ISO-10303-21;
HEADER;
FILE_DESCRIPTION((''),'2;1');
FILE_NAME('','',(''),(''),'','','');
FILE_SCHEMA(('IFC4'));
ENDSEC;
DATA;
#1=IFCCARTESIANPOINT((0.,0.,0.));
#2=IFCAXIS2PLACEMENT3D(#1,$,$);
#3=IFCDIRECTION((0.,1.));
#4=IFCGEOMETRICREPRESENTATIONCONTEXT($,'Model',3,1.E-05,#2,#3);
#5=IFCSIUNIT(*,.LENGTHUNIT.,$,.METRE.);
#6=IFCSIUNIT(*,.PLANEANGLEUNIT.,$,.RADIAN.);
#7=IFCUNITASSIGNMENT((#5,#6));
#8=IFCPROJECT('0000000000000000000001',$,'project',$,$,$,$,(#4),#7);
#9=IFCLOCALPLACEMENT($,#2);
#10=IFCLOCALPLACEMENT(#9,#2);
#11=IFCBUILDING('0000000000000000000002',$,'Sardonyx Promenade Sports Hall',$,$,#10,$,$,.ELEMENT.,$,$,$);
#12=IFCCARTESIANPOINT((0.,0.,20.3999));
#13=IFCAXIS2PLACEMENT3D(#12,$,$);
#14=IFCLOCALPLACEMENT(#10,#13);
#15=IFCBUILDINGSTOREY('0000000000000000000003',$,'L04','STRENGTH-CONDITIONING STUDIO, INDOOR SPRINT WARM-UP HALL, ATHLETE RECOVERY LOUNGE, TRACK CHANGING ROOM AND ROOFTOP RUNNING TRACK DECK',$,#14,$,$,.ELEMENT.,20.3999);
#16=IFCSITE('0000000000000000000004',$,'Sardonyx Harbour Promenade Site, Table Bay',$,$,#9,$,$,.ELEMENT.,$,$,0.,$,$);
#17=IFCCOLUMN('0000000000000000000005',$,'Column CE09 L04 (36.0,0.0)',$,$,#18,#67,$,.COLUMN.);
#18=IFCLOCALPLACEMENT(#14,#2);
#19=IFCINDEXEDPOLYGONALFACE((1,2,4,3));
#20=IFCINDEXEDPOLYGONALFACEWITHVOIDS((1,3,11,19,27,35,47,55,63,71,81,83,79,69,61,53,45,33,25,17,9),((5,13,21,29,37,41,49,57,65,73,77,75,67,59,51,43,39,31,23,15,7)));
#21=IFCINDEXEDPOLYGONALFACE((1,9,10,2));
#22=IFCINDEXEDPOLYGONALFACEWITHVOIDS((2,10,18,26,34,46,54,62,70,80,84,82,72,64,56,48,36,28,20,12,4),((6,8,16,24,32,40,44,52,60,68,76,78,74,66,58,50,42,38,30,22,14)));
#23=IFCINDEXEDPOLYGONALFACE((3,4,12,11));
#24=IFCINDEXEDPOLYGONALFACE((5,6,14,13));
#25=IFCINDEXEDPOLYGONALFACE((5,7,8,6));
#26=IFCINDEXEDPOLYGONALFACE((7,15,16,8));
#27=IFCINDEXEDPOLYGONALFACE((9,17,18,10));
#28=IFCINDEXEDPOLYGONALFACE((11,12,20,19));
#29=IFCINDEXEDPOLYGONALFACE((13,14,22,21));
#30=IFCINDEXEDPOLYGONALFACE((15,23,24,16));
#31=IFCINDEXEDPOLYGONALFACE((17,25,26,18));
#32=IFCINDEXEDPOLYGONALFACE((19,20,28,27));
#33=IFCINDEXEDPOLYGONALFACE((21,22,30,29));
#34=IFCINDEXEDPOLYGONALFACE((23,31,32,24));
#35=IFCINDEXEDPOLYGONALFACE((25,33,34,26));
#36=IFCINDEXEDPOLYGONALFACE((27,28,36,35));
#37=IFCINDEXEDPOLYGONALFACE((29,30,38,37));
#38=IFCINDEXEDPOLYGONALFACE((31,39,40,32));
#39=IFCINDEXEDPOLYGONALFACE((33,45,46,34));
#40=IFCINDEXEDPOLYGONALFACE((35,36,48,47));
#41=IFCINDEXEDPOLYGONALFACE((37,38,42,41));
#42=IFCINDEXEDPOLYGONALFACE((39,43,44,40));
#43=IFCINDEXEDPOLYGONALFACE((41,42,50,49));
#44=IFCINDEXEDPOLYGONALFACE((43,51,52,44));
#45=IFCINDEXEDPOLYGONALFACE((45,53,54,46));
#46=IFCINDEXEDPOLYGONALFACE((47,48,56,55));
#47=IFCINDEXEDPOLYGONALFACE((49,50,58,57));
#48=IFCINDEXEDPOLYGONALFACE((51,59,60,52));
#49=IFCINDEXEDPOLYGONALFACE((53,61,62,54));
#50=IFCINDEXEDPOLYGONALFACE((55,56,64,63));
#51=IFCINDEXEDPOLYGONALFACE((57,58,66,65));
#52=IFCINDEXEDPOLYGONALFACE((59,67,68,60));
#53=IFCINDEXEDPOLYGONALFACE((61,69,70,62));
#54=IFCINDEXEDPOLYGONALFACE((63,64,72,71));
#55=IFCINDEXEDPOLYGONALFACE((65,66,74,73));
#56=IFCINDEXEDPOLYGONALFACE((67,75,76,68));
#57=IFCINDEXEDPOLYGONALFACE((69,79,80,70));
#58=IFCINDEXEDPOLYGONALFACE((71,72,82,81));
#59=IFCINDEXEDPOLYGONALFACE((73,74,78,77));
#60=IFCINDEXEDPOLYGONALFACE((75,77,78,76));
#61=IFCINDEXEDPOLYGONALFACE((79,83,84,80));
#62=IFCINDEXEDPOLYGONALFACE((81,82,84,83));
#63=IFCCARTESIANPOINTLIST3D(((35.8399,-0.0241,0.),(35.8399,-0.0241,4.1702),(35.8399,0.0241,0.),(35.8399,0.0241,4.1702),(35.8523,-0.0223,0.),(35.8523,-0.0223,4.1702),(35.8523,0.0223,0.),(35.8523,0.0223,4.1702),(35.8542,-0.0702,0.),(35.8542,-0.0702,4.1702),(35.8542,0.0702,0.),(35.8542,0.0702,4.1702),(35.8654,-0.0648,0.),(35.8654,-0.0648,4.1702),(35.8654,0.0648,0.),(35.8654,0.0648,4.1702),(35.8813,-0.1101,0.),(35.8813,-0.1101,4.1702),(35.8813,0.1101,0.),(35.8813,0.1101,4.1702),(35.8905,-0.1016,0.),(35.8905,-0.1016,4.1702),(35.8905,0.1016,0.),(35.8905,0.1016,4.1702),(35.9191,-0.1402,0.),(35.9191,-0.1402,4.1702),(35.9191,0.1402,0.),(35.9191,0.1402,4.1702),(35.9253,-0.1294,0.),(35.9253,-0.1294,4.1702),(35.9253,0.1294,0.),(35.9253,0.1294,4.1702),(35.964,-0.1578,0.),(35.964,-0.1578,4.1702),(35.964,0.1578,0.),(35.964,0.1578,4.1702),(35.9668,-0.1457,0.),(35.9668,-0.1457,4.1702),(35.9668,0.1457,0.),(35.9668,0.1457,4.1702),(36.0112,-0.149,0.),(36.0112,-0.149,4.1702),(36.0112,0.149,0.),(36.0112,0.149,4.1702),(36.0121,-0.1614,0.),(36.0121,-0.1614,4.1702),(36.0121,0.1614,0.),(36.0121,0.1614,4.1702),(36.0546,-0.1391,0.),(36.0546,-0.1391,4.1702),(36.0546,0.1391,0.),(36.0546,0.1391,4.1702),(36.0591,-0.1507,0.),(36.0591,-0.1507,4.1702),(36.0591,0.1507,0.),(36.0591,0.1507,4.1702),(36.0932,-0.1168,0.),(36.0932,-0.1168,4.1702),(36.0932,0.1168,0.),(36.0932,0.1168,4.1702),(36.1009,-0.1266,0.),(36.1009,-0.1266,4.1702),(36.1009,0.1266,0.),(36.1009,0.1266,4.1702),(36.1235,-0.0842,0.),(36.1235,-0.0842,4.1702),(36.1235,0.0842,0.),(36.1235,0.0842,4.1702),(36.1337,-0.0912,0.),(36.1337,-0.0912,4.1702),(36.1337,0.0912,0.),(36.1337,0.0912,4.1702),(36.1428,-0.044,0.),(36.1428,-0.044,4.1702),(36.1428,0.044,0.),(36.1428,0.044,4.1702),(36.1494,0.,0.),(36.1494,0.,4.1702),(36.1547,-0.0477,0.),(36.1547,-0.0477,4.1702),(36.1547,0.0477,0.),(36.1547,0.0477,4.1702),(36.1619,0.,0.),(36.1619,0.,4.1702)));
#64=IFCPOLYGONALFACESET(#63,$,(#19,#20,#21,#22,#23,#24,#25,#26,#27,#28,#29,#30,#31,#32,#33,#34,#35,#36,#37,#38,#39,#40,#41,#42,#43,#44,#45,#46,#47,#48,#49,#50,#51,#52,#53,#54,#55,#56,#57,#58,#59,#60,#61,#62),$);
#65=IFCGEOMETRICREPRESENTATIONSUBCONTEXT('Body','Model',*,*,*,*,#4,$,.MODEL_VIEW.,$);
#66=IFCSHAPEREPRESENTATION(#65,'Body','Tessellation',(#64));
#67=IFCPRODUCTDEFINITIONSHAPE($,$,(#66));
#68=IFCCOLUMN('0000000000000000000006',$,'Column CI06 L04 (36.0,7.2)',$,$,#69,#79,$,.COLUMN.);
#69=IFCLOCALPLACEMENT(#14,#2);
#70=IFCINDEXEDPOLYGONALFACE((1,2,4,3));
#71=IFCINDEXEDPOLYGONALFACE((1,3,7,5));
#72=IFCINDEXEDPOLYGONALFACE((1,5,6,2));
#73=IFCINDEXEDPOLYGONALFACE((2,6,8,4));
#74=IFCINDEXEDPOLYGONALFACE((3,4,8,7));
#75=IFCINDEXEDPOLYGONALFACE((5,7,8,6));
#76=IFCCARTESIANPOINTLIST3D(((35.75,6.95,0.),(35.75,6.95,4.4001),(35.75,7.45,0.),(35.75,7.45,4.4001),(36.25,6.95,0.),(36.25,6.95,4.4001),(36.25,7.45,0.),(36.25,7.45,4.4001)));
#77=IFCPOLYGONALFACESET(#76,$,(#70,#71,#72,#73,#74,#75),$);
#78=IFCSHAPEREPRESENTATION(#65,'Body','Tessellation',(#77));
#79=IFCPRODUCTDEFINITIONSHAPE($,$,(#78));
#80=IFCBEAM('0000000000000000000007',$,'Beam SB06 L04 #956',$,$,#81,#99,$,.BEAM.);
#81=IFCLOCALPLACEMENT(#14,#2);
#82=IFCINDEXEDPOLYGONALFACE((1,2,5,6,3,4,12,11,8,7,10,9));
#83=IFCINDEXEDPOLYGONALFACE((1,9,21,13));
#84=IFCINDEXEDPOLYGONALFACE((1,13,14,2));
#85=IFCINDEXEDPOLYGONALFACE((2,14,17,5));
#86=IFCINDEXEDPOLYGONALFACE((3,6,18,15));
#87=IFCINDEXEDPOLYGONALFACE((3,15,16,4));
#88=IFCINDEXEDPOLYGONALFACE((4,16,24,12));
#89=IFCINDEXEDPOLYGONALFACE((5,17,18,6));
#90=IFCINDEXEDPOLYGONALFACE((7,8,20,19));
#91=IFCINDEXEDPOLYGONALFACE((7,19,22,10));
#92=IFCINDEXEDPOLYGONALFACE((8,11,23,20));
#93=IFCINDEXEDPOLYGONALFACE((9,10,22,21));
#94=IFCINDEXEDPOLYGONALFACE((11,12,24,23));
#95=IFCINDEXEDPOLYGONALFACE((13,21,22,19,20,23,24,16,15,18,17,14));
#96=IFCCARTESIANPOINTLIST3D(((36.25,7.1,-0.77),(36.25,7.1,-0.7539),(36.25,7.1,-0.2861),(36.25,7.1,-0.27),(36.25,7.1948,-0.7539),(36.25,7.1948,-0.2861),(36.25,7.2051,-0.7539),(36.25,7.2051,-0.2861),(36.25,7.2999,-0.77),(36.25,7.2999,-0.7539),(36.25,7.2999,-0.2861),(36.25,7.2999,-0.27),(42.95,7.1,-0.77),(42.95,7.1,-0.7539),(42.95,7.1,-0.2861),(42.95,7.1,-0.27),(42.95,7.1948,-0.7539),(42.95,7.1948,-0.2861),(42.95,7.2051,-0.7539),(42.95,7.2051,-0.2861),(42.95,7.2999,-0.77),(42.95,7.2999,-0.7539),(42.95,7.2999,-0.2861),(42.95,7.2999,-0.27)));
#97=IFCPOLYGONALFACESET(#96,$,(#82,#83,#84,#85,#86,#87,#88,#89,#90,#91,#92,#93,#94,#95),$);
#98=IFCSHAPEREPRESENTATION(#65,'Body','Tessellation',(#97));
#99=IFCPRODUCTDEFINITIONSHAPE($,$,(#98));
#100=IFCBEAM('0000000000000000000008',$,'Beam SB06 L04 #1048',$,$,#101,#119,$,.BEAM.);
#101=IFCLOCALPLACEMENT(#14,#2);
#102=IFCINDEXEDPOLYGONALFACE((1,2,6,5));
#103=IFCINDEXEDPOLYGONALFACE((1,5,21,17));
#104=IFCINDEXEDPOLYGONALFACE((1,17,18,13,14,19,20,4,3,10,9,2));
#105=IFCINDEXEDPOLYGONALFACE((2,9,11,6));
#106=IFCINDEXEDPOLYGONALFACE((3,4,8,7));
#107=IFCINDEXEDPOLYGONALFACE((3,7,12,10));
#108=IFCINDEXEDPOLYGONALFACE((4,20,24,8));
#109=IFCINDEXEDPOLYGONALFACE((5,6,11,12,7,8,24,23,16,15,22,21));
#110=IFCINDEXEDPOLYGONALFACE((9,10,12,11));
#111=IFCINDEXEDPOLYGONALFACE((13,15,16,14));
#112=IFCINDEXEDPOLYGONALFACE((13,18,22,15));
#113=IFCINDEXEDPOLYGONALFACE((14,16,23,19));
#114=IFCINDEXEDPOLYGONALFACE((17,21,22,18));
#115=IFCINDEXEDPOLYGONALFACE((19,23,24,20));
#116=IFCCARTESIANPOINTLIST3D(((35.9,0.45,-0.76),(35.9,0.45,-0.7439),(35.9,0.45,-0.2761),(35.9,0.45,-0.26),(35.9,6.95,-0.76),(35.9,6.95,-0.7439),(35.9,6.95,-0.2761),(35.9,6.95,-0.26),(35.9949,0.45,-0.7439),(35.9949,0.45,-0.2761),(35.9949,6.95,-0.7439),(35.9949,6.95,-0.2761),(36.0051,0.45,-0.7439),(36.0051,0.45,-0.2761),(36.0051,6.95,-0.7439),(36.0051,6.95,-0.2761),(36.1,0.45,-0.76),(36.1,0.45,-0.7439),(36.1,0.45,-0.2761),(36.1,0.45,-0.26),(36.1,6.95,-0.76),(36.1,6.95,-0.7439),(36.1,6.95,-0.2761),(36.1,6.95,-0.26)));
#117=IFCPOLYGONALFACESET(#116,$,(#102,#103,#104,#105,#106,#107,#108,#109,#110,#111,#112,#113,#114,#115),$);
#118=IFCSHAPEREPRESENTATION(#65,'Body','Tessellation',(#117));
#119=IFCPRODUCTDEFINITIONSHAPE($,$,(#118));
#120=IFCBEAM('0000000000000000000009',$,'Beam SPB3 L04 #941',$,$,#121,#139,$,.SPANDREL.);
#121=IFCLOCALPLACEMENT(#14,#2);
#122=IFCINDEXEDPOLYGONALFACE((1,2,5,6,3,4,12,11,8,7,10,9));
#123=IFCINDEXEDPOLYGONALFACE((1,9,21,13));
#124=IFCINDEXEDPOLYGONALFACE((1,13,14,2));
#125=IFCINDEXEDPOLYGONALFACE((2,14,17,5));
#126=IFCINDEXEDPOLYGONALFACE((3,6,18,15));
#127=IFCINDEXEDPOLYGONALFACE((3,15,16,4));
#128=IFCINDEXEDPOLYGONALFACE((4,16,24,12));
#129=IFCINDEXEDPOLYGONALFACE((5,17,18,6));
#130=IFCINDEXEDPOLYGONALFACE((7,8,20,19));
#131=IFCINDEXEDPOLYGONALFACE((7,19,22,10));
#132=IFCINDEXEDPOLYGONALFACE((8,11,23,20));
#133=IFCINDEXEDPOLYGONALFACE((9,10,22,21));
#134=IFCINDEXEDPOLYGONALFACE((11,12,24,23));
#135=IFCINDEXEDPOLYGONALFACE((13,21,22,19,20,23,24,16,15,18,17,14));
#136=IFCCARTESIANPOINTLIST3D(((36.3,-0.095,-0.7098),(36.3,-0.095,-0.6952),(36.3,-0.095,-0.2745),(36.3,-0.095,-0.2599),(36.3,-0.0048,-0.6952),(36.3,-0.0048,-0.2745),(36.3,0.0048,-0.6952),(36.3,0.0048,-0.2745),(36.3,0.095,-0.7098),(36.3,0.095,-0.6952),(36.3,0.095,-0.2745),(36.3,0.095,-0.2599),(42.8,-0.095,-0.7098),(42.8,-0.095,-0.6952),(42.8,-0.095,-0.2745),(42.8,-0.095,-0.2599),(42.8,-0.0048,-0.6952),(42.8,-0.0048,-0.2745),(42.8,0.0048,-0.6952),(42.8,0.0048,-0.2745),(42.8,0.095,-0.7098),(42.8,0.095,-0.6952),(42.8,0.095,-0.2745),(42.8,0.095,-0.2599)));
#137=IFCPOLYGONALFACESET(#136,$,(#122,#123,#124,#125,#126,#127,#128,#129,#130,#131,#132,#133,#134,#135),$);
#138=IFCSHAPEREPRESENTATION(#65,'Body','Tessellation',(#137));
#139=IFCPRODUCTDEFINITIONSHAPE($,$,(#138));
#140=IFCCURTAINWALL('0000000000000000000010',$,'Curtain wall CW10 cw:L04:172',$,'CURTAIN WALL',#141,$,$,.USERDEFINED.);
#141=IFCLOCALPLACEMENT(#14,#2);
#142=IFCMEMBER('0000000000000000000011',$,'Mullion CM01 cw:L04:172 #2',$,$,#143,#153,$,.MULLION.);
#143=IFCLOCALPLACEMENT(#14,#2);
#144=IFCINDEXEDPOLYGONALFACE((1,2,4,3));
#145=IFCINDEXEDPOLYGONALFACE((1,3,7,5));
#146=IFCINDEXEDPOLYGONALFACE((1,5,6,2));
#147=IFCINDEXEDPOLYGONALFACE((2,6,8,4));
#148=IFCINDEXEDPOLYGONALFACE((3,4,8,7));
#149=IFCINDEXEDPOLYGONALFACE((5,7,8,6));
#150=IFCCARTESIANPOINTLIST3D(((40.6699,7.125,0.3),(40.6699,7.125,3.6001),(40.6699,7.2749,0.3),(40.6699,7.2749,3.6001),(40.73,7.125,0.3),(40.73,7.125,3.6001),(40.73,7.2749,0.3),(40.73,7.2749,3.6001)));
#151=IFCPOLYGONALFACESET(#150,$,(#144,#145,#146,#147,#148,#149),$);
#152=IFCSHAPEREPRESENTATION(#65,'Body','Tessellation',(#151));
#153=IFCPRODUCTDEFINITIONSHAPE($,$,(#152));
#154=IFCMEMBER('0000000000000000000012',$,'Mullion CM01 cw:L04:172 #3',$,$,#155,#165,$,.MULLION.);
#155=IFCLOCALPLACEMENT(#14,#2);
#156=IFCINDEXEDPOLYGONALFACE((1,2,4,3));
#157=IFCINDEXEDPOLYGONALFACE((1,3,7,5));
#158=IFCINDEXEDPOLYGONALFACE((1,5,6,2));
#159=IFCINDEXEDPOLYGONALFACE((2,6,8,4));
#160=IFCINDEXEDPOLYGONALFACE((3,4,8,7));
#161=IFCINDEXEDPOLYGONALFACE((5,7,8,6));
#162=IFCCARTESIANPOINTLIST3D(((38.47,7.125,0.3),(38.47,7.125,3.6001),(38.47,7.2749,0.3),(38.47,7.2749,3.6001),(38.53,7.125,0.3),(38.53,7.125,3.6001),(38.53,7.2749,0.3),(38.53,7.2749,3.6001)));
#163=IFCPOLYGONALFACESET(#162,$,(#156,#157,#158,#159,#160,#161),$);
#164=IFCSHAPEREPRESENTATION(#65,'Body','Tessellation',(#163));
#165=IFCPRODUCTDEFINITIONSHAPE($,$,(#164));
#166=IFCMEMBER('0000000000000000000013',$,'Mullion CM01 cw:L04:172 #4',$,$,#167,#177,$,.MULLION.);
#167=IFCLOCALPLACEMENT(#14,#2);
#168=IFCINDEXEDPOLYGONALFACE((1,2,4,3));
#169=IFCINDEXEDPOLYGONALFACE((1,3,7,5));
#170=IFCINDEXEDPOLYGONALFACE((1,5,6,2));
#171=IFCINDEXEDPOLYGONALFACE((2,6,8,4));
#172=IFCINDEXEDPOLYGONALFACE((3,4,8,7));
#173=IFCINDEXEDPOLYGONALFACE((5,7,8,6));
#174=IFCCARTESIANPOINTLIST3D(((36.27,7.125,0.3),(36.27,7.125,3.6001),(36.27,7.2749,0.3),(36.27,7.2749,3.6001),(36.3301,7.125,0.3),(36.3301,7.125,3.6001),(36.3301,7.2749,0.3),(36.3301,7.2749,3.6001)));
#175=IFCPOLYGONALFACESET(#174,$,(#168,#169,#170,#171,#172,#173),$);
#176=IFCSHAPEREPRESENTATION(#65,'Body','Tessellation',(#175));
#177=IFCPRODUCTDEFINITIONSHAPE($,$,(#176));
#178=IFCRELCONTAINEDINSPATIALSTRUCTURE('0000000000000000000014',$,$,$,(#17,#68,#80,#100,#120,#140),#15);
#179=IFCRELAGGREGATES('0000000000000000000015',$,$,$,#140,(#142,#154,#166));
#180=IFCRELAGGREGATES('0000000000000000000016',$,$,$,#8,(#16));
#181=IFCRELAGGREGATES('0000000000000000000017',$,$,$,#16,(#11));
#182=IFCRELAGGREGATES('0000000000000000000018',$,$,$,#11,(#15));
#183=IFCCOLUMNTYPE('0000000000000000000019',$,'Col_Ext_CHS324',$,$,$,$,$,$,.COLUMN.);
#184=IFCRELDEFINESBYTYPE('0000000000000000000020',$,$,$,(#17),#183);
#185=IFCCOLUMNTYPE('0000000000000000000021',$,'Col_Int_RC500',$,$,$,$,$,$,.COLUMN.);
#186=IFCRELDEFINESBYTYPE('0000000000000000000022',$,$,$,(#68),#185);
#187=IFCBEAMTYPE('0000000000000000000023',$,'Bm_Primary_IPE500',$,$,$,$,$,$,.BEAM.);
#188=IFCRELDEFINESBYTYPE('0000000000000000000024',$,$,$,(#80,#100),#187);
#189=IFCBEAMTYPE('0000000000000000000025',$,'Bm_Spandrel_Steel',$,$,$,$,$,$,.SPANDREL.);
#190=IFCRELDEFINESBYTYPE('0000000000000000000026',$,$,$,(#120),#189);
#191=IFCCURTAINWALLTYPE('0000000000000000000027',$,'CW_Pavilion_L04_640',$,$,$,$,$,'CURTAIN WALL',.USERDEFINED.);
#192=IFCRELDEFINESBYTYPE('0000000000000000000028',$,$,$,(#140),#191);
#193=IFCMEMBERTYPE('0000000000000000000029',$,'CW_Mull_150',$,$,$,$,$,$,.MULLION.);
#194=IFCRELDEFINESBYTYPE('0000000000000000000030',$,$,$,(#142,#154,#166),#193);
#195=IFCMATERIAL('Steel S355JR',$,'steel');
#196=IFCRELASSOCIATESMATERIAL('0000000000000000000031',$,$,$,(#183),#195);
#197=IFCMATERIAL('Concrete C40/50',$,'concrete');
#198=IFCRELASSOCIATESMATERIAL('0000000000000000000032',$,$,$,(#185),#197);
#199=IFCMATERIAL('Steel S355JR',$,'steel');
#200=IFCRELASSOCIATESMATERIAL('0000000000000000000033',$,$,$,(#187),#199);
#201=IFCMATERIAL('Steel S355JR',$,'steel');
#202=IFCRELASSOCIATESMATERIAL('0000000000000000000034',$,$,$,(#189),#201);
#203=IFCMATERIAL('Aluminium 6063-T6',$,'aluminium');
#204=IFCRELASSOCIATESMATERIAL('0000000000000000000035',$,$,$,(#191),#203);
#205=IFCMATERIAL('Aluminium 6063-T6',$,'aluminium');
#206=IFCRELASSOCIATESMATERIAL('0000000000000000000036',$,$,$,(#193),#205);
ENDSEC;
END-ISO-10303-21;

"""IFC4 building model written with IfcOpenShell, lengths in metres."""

from ifc_helpers import new_model, si_unit, direction, frame, origin, origin_2d, place, context, subcontext, project, spatial, rectangle, hollow_circle, i_section, extrude, material, material_profile, profile_set, type_object, element, aggregate, save


model = new_model("IFC4")

# Units and contexts
model_context = context("Model", 3, precision=1e-05, world=origin(), true_north=direction((0.0, 1.0)))
body_context = subcontext(model_context, "Body", "Model", "MODEL_VIEW")
ifc_project = project(units=[si_unit("LENGTHUNIT", "METRE"), si_unit("PLANEANGLEUNIT", "RADIAN")], contexts=[model_context])

# Site, building, storey
site_placement = place(None, origin())
site = spatial("IfcSite", under=ifc_project, at=site_placement, Name="Sardonyx Harbour Promenade Site, Table Bay", CompositionType="ELEMENT", RefElevation=0.0)
building_placement = place(site_placement, origin())
building = spatial("IfcBuilding", under=site, at=building_placement, Name="Sardonyx Promenade Sports Hall", CompositionType="ELEMENT")
storey_placement = place(building_placement, frame((0.0, 0.0, 20.3999)))
storey = spatial("IfcBuildingStorey", under=building, at=storey_placement, Name="L04", Description="STRENGTH-CONDITIONING STUDIO, INDOOR SPRINT WARM-UP HALL, ATHLETE RECOVERY LOUNGE, TRACK CHANGING ROOM AND ROOFTOP RUNNING TRACK DECK", CompositionType="ELEMENT", Elevation=20.3999)

# Columns
ifc_material_1 = material(Name="Steel S355JR", Category="steel")
ifc_material_profile_1 = material_profile(ifc_material_1, hollow_circle(Radius=0.1619, WallThickness=0.0125, at=origin_2d()))
ifc_profile_set_1 = profile_set([ifc_material_profile_1], Name="Steel S355JR")
column_type_1 = type_object("IfcColumnType", Name="Col_Ext_CHS324", PredefinedType="COLUMN", material=ifc_profile_set_1)
column_1_placement = place(storey_placement, frame((36.0, 0.0, 0.0), z_axis=(0.0, 0.0, 1.0), x_axis=(1.0, 0.0, 0.0)))
element("IfcColumn", 1, at=column_1_placement, inside=storey, type_object=column_type_1, Name="Column CE09 L04 (36.0,0.0)", PredefinedType="COLUMN", context=body_context, shape_type="SweptSolid", body=[
    extrude(hollow_circle(Radius=0.1619, WallThickness=0.0125, at=origin_2d()), origin(), (0.0, 0.0, 1.0), 4.1702),
])
ifc_material_2 = material(Name="Concrete C40/50", Category="concrete")
ifc_material_profile_2 = material_profile(ifc_material_2, rectangle(XDim=0.5, YDim=0.5, at=origin_2d()))
ifc_profile_set_2 = profile_set([ifc_material_profile_2], Name="Concrete C40/50")
column_type_2 = type_object("IfcColumnType", Name="Col_Int_RC500", PredefinedType="COLUMN", material=ifc_profile_set_2)
column_2_placement = place(storey_placement, frame((36.0, 7.2, 0.0), z_axis=(0.0, 0.0, 1.0), x_axis=(1.0, 0.0, 0.0)))
element("IfcColumn", 2, at=column_2_placement, inside=storey, type_object=column_type_2, Name="Column CI06 L04 (36.0,7.2)", PredefinedType="COLUMN", context=body_context, shape_type="SweptSolid", body=[
    extrude(rectangle(XDim=0.5, YDim=0.5, at=origin_2d()), origin(), (0.0, 0.0, 1.0), 4.4001),
])

# Beams
ifc_material_3 = material(Name="Steel S355JR", Category="steel")
ifc_material_profile_3 = material_profile(ifc_material_3, i_section(OverallWidth=0.2, OverallDepth=0.5, WebThickness=0.0103, FlangeThickness=0.0161, at=origin_2d()))
ifc_profile_set_3 = profile_set([ifc_material_profile_3], Name="Steel S355JR")
beam_type_1 = type_object("IfcBeamType", Name="Bm_Primary_IPE500", PredefinedType="BEAM", material=ifc_profile_set_3)
beam_1_placement = place(storey_placement, frame((36.25, 7.2, -0.52), z_axis=(1.0, 0.0, 0.0), x_axis=(0.0, 1.0, 0.0)))
element("IfcBeam", 3, at=beam_1_placement, inside=storey, type_object=beam_type_1, Name="Beam SB06 L04 #956", PredefinedType="BEAM", context=body_context, shape_type="SweptSolid", body=[
    extrude(i_section(OverallWidth=0.2, OverallDepth=0.5, WebThickness=0.0103, FlangeThickness=0.0161, at=origin_2d()), origin(), (0.0, 0.0, 1.0), 6.7),
])
beam_2_placement = place(storey_placement, frame((36.0, 0.45, -0.51), z_axis=(0.0, 1.0, 0.0), x_axis=(-1.0, 0.0, 0.0)))
element("IfcBeam", 4, at=beam_2_placement, inside=storey, type_object=beam_type_1, Name="Beam SB06 L04 #1048", PredefinedType="BEAM", context=body_context, shape_type="SweptSolid", body=[
    extrude(i_section(OverallWidth=0.2, OverallDepth=0.5, WebThickness=0.0103, FlangeThickness=0.0161, at=origin_2d()), origin(), (0.0, 0.0, 1.0), 6.5),
])
ifc_material_4 = material(Name="Steel S355JR", Category="steel")
ifc_material_profile_4 = material_profile(ifc_material_4, i_section(OverallWidth=0.1899, OverallDepth=0.45, WebThickness=0.0095, FlangeThickness=0.0146, at=origin_2d()))
ifc_profile_set_4 = profile_set([ifc_material_profile_4], Name="Steel S355JR")
beam_type_2 = type_object("IfcBeamType", Name="Bm_Spandrel_Steel", PredefinedType="SPANDREL", material=ifc_profile_set_4)
beam_3_placement = place(storey_placement, frame((36.3, 0.0, -0.4849), z_axis=(1.0, 0.0, 0.0), x_axis=(0.0, 1.0, 0.0)))
element("IfcBeam", 5, at=beam_3_placement, inside=storey, type_object=beam_type_2, Name="Beam SPB3 L04 #941", PredefinedType="SPANDREL", context=body_context, shape_type="SweptSolid", body=[
    extrude(i_section(OverallWidth=0.1899, OverallDepth=0.45, WebThickness=0.0095, FlangeThickness=0.0146, at=origin_2d()), origin(), (0.0, 0.0, 1.0), 6.5),
])

# Curtain wall, members
ifc_material_5 = material(Name="Aluminium 6063-T6", Category="aluminium")
curtain_wall_type = type_object("IfcCurtainWallType", Name="CW_Pavilion_L04_640", ElementType="CURTAIN WALL", PredefinedType="USERDEFINED", material=ifc_material_5)
curtain_wall_placement = place(storey_placement, origin())
curtain_wall = element("IfcCurtainWall", 6, at=curtain_wall_placement, inside=storey, type_object=curtain_wall_type, Name="Curtain wall CW10 cw:L04:172", ObjectType="CURTAIN WALL", PredefinedType="USERDEFINED")
ifc_material_6 = material(Name="Aluminium 6063-T6", Category="aluminium")
ifc_material_profile_5 = material_profile(ifc_material_6, rectangle(XDim=0.0601, YDim=0.1499, at=origin_2d()))
ifc_profile_set_5 = profile_set([ifc_material_profile_5], Name="Aluminium 6063-T6")
member_type_1 = type_object("IfcMemberType", Name="CW_Mull_150", PredefinedType="MULLION", material=ifc_profile_set_5)
member_1_placement = place(storey_placement, frame((40.7, 7.2, 0.3), z_axis=(0.0, 0.0, 1.0), x_axis=(-1.0, 0.0, 0.0)))
member_1 = element("IfcMember", 7, at=member_1_placement, type_object=member_type_1, Name="Mullion CM01 cw:L04:172 #2", PredefinedType="MULLION", context=body_context, shape_type="SweptSolid", body=[
    extrude(rectangle(XDim=0.0601, YDim=0.1499, at=origin_2d()), origin(), (0.0, 0.0, 1.0), 3.3),
])
member_2_placement = place(storey_placement, frame((38.5, 7.2, 0.3), z_axis=(0.0, 0.0, 1.0), x_axis=(-1.0, 0.0, 0.0)))
member_2 = element("IfcMember", 8, at=member_2_placement, type_object=member_type_1, Name="Mullion CM01 cw:L04:172 #3", PredefinedType="MULLION", context=body_context, shape_type="SweptSolid", body=[
    extrude(rectangle(XDim=0.0601, YDim=0.1499, at=origin_2d()), origin(), (0.0, 0.0, 1.0), 3.3),
])
member_3_placement = place(storey_placement, frame((36.3, 7.2, 0.3), z_axis=(0.0, 0.0, 1.0), x_axis=(-1.0, 0.0, 0.0)))
member_3 = element("IfcMember", 9, at=member_3_placement, type_object=member_type_1, Name="Mullion CM01 cw:L04:172 #4", PredefinedType="MULLION", context=body_context, shape_type="SweptSolid", body=[
    extrude(rectangle(XDim=0.0601, YDim=0.1499, at=origin_2d()), origin(), (0.0, 0.0, 1.0), 3.3),
])

aggregate(curtain_wall, [member_1, member_2, member_3])

save(model, "model.ifc")
